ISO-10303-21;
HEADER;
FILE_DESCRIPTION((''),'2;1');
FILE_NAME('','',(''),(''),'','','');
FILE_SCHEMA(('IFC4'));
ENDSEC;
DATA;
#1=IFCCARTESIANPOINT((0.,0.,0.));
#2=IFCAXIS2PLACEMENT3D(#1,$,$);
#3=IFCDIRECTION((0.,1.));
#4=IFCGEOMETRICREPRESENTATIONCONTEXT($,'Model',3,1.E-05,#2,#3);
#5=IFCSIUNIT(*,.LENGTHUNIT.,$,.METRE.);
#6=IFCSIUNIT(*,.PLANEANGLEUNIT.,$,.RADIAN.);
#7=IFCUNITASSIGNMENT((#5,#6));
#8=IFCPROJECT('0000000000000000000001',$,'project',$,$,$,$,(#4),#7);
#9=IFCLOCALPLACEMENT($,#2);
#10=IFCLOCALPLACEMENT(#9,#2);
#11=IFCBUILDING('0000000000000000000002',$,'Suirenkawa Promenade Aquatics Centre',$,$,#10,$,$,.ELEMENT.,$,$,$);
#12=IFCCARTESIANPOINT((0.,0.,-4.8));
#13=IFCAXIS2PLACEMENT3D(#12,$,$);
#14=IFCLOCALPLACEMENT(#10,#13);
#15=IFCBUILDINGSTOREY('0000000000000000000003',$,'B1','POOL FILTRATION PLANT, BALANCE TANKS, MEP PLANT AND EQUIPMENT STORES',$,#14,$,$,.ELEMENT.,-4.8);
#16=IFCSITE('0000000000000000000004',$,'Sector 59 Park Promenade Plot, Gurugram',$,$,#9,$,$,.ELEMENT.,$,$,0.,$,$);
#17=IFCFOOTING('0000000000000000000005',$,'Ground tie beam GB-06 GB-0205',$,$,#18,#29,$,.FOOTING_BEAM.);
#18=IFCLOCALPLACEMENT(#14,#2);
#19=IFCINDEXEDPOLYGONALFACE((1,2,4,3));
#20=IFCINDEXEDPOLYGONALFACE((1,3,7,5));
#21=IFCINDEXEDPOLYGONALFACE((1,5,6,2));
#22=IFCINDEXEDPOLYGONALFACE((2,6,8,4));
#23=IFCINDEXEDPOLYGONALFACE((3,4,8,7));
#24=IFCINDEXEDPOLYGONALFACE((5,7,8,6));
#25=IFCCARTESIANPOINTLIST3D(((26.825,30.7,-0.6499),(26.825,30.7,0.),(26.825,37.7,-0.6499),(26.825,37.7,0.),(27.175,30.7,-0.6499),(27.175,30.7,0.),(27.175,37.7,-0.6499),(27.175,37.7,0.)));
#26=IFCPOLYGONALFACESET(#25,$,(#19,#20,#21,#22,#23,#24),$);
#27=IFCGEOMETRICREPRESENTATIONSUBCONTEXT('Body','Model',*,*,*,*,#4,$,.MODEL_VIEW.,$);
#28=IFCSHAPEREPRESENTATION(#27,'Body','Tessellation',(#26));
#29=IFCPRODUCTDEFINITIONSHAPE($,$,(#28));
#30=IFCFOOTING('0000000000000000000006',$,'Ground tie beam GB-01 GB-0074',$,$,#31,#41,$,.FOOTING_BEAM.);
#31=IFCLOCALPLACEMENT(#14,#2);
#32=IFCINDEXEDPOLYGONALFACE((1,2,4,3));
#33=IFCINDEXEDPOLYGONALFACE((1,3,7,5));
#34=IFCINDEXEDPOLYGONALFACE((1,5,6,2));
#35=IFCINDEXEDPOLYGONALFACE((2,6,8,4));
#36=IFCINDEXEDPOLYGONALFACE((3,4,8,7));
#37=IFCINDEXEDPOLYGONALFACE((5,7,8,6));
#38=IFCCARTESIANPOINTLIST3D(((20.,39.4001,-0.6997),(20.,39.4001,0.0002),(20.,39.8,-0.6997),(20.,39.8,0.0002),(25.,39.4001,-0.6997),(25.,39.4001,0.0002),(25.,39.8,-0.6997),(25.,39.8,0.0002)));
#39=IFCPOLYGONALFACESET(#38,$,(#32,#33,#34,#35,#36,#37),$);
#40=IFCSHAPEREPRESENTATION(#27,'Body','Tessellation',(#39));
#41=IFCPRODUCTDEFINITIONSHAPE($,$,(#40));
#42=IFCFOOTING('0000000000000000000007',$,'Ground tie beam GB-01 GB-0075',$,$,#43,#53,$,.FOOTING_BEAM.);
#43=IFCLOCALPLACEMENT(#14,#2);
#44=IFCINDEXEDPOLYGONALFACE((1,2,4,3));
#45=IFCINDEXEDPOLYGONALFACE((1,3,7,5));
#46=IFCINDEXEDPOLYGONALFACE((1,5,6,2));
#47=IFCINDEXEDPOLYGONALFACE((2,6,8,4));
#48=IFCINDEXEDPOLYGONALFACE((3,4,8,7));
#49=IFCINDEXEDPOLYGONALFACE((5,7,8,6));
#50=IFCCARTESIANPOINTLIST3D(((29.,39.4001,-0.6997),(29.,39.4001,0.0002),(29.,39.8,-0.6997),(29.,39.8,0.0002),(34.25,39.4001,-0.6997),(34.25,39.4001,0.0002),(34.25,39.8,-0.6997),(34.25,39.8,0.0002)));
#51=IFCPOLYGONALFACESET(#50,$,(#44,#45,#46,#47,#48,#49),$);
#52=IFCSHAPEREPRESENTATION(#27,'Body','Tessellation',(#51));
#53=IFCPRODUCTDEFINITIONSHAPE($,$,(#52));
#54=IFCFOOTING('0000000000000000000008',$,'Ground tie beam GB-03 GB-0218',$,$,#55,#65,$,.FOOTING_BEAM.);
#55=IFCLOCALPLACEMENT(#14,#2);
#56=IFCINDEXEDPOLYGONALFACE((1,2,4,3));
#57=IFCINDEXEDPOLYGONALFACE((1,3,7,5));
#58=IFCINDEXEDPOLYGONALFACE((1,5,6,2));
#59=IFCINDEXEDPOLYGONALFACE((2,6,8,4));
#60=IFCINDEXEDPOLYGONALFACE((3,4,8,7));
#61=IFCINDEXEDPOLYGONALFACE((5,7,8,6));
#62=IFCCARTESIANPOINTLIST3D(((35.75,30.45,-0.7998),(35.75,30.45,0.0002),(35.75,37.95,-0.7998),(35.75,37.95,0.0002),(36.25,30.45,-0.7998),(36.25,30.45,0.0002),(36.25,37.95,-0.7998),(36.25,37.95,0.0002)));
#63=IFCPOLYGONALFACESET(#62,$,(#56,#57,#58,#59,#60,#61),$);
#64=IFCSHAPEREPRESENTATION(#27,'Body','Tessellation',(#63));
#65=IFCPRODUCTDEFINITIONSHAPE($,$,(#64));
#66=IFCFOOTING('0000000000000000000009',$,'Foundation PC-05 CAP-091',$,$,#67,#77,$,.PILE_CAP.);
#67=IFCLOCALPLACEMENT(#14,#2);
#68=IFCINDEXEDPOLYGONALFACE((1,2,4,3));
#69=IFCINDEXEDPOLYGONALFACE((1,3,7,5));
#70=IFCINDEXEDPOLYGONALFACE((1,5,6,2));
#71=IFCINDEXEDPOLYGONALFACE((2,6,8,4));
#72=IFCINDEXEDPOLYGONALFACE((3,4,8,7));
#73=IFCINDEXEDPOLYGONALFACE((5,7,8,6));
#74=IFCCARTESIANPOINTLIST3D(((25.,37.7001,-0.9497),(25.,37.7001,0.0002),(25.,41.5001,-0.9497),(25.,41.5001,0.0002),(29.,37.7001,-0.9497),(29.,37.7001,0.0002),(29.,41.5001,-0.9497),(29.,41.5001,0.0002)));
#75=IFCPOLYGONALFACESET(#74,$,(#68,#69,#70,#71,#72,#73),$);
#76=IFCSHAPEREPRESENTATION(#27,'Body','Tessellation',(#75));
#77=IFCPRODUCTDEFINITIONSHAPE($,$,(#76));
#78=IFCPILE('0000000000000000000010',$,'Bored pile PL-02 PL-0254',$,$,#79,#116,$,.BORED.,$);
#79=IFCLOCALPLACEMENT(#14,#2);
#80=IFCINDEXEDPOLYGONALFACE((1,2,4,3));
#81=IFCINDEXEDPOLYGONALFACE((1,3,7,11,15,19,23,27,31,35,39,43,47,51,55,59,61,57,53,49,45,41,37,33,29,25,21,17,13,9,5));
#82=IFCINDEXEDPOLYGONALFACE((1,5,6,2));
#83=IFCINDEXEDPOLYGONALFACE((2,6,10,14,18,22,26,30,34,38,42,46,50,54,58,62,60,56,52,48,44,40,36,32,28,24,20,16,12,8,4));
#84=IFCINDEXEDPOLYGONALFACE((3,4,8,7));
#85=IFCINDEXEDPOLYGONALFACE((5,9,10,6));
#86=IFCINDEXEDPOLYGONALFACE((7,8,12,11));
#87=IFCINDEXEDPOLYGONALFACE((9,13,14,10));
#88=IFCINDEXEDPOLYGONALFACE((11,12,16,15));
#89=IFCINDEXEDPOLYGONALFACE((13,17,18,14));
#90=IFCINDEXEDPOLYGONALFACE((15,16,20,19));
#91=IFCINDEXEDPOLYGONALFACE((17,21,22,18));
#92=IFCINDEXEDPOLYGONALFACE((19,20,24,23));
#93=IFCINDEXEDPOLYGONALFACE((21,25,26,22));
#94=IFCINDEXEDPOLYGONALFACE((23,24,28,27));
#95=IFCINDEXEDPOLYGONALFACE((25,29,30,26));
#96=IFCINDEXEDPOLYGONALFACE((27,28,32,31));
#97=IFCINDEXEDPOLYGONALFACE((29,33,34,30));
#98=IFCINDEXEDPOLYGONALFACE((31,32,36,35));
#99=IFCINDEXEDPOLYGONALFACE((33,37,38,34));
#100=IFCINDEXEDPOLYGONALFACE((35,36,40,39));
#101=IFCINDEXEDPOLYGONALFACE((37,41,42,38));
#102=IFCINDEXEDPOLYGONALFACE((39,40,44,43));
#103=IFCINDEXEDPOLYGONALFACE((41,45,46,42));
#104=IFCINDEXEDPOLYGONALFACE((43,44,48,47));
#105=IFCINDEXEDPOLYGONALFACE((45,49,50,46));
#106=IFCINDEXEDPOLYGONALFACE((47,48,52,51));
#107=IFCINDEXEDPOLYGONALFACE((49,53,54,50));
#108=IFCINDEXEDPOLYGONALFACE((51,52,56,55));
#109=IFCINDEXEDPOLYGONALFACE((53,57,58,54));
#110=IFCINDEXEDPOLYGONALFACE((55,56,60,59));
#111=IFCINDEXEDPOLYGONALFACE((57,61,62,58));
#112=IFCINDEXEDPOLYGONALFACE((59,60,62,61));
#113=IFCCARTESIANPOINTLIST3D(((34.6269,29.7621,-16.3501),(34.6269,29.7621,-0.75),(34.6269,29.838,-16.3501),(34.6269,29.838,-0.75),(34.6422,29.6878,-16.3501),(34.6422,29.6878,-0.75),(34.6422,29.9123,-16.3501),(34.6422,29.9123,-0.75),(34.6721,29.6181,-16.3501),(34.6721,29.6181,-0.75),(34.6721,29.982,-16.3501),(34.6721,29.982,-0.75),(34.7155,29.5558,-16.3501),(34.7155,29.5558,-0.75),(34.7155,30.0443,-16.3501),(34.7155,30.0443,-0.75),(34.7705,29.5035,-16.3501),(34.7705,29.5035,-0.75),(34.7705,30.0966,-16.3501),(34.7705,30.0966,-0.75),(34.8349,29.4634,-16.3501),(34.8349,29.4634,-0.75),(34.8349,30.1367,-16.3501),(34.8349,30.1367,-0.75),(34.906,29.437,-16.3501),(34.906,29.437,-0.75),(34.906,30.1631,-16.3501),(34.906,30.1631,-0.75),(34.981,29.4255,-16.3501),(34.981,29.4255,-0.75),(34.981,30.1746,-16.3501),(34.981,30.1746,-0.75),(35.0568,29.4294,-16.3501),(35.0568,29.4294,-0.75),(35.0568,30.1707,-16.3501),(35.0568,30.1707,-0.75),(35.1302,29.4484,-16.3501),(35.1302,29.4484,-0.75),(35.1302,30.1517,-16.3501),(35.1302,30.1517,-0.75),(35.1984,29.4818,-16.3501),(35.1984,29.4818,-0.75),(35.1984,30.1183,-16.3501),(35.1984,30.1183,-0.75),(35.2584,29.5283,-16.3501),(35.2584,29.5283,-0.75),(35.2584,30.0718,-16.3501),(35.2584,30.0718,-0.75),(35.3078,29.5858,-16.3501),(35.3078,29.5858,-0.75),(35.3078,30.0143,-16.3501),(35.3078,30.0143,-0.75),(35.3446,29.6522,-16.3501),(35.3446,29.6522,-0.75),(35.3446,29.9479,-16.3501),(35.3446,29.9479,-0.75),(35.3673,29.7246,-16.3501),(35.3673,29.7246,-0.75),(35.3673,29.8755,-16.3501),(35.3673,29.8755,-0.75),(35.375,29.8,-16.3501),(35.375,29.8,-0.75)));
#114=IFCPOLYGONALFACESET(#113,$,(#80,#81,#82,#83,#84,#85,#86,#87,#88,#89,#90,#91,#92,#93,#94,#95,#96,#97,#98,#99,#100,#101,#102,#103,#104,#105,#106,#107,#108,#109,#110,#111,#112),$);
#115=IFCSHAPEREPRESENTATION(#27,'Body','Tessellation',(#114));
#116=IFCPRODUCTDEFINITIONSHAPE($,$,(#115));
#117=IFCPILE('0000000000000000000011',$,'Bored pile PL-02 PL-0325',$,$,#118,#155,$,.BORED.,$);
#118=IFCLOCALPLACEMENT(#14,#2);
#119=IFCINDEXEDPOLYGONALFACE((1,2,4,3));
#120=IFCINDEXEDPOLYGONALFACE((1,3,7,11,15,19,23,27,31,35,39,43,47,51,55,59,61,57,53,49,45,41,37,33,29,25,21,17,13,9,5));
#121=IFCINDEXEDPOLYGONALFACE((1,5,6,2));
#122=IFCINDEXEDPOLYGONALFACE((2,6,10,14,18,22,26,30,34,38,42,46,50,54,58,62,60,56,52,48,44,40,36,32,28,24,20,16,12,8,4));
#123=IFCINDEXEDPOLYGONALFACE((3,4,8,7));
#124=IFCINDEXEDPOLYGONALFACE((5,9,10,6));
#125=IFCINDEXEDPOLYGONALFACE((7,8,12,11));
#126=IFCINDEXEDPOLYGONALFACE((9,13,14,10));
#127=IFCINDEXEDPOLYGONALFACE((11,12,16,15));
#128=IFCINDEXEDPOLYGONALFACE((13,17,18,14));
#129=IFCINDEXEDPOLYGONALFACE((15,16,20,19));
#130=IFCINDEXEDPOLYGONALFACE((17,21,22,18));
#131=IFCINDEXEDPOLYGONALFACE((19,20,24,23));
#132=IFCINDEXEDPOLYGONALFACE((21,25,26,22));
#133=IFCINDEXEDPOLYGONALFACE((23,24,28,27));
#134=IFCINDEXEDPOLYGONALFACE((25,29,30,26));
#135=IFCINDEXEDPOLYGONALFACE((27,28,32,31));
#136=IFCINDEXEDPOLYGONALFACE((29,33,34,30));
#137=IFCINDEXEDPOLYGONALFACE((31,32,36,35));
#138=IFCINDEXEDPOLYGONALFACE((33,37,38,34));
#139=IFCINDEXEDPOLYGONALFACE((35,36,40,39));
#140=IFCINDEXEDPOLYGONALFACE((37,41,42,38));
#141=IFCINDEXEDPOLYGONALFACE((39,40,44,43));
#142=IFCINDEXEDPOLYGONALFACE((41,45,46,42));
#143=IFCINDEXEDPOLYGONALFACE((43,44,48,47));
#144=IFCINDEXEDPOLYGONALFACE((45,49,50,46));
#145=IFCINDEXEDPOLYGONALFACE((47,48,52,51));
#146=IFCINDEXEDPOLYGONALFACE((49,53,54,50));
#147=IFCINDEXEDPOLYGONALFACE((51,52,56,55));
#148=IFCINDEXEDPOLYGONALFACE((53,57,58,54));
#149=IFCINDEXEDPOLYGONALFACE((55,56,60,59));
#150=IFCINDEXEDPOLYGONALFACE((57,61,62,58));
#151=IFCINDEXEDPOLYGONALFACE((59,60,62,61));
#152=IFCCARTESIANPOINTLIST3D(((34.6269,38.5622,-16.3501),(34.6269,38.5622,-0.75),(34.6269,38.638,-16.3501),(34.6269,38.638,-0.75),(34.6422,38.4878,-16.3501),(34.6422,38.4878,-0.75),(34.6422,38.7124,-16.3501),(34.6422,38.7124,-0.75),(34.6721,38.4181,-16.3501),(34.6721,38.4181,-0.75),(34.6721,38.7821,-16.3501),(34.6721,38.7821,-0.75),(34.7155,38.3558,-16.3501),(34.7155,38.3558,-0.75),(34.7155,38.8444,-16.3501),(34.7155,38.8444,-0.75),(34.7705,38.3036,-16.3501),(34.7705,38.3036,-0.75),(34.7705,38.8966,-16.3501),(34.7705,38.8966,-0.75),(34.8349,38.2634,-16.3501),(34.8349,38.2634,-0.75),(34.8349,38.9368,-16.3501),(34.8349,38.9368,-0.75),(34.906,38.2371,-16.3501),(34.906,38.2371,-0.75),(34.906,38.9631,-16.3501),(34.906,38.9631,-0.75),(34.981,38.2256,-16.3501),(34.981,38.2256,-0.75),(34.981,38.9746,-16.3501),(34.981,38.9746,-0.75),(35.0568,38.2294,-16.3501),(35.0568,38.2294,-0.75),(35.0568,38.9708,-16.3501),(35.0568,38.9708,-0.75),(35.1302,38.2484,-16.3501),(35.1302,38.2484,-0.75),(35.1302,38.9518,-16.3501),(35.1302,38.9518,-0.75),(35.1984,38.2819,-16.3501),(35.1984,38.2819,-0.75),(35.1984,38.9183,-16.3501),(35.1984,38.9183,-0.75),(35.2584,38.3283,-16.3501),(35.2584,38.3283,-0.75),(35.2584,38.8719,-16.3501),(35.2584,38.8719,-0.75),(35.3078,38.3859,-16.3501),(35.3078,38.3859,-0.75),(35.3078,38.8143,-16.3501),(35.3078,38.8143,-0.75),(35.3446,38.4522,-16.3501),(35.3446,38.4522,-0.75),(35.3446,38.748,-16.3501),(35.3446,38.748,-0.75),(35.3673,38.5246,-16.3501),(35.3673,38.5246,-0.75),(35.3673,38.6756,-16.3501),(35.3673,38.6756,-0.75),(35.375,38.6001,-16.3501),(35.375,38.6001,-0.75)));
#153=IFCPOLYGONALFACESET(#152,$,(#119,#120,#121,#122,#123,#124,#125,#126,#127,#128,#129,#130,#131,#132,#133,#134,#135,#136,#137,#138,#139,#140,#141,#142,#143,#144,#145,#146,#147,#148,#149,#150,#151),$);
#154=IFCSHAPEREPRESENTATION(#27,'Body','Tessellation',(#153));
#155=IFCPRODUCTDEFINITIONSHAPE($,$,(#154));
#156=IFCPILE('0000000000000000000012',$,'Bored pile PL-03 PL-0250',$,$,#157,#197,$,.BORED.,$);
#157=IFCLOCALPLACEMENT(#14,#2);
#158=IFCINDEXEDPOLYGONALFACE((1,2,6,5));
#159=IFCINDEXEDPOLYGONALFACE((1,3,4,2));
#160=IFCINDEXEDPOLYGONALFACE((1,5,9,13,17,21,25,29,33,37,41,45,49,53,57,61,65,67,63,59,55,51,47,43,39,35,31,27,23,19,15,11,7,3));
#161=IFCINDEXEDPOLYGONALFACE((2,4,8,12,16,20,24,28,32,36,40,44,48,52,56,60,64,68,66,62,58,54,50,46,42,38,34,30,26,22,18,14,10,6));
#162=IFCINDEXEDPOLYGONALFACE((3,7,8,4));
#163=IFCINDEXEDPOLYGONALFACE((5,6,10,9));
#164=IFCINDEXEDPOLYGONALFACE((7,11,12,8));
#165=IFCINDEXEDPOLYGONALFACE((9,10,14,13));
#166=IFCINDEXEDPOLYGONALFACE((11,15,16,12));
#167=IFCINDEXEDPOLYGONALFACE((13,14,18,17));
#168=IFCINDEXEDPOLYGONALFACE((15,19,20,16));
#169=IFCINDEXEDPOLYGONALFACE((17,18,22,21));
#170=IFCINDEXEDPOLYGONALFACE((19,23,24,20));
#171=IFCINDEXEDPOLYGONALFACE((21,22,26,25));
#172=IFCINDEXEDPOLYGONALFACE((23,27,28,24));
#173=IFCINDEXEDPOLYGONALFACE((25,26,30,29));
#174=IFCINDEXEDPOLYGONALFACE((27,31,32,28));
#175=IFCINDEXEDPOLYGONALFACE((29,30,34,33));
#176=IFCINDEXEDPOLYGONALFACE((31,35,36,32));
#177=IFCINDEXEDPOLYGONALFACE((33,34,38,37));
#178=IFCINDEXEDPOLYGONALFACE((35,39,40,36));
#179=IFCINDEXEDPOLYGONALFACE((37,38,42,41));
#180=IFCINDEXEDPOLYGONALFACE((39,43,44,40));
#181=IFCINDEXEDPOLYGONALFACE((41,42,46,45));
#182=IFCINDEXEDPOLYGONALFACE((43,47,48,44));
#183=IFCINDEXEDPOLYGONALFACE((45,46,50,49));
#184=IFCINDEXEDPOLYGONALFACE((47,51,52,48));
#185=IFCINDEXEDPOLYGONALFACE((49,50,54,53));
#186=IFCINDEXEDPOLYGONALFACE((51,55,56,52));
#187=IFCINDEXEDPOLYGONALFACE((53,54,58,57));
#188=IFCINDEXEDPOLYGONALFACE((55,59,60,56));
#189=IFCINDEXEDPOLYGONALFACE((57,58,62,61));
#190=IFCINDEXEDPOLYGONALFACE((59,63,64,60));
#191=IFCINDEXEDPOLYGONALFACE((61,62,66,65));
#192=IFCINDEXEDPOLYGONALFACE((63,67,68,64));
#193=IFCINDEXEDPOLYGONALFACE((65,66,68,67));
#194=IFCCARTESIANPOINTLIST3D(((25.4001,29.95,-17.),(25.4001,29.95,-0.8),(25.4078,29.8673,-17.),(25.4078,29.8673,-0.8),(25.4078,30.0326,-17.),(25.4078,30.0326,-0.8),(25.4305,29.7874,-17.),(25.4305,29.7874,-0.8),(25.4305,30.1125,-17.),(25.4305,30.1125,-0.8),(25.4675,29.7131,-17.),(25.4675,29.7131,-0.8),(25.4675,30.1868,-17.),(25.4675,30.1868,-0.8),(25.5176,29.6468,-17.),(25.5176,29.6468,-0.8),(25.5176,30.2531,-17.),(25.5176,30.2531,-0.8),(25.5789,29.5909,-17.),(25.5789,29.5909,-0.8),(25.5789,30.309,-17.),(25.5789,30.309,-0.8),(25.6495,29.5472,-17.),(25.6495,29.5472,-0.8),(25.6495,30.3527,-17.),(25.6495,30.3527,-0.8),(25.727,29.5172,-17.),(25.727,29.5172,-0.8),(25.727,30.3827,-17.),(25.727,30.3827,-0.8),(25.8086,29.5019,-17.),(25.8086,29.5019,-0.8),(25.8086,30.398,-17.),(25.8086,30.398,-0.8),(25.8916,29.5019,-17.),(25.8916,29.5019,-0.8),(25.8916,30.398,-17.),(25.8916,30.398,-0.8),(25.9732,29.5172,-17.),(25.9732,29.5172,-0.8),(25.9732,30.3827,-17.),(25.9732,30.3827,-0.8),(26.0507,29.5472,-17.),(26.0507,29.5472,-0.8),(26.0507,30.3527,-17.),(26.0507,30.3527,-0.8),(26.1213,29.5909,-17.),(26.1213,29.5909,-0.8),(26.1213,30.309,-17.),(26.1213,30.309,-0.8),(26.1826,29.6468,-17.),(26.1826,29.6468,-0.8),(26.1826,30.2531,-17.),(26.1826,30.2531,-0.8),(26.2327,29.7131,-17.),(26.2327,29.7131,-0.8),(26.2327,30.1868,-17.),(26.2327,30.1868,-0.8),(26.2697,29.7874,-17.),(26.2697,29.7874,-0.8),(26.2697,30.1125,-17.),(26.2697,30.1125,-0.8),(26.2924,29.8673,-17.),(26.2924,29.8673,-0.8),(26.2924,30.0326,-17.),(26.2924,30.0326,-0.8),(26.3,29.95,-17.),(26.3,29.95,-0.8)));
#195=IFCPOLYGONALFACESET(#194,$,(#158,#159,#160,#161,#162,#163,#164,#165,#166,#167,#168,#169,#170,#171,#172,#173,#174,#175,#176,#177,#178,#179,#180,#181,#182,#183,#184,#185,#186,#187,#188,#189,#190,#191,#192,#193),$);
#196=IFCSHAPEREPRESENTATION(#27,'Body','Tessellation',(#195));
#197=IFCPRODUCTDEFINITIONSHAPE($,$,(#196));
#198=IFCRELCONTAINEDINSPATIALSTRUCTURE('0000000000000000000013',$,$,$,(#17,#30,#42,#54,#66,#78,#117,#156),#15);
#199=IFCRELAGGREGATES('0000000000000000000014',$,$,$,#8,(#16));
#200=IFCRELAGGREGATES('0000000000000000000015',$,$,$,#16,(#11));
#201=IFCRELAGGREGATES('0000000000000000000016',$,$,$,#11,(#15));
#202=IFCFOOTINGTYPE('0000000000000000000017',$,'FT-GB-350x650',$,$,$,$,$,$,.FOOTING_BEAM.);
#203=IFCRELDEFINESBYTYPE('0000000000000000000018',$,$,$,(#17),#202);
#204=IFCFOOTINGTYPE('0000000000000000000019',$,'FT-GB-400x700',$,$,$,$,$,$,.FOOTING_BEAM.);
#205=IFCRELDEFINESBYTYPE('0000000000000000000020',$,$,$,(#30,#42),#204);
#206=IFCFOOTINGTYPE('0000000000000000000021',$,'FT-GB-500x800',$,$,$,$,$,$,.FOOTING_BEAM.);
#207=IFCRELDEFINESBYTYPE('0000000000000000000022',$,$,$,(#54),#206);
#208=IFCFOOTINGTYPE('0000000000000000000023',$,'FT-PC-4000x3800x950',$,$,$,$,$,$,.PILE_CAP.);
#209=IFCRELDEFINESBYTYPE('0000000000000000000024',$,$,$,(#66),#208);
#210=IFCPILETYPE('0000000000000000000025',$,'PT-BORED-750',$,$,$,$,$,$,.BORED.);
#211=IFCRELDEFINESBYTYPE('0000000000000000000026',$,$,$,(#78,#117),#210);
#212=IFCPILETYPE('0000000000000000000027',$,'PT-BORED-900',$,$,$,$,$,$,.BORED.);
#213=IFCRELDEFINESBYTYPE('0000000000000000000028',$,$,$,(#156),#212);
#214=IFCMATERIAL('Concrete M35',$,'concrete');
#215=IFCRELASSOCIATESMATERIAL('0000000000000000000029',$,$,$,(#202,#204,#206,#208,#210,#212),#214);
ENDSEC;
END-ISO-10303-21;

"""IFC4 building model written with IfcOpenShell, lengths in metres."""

from ifc_helpers import new_model, si_unit, direction, frame, origin, origin_2d, place, context, subcontext, project, spatial, rectangle, circle, extrude, material, material_profile, profile_set, type_object, element, save


model = new_model("IFC4")

# Units and contexts
model_context = context("Model", 3, precision=1e-05, world=origin(), true_north=direction((0.0, 1.0)))
body_context = subcontext(model_context, "Body", "Model", "MODEL_VIEW")
ifc_project = project(units=[si_unit("LENGTHUNIT", "METRE"), si_unit("PLANEANGLEUNIT", "RADIAN")], contexts=[model_context])

# Site, building, storey
site_placement = place(None, origin())
site = spatial("IfcSite", under=ifc_project, at=site_placement, Name="Sector 59 Park Promenade Plot, Gurugram", CompositionType="ELEMENT", RefElevation=0.0)
building_placement = place(site_placement, origin())
building = spatial("IfcBuilding", under=site, at=building_placement, Name="Suirenkawa Promenade Aquatics Centre", CompositionType="ELEMENT")
storey_placement = place(building_placement, frame((0.0, 0.0, -4.8)))
storey = spatial("IfcBuildingStorey", under=building, at=storey_placement, Name="B1", Description="POOL FILTRATION PLANT, BALANCE TANKS, MEP PLANT AND EQUIPMENT STORES", CompositionType="ELEMENT", Elevation=-4.8)

# Footings
ifc_material_1 = material(Name="Concrete M35", Category="concrete")
footing_type_1 = type_object("IfcFootingType", Name="FT-GB-350x650", PredefinedType="FOOTING_BEAM", material=ifc_material_1)
footing_1_placement = place(storey_placement, frame((27.0, 34.2, -0.6499), z_axis=(0.0, 0.0, 1.0), x_axis=(0.0, 1.0, 0.0)))
element("IfcFooting", 1, at=footing_1_placement, inside=storey, type_object=footing_type_1, Name="Ground tie beam GB-06 GB-0205", PredefinedType="FOOTING_BEAM", context=body_context, shape_type="SweptSolid", body=[
    extrude(rectangle(XDim=7.0, YDim=0.3501, at=origin_2d()), origin(), (0.0, 0.0, 1.0), 0.6499),
])
footing_type_2 = type_object("IfcFootingType", Name="FT-GB-400x700", PredefinedType="FOOTING_BEAM", material=ifc_material_1)
footing_2_placement = place(storey_placement, frame((22.5, 39.6001, -0.6997), z_axis=(0.0, 0.0, 1.0), x_axis=(1.0, 0.0, 0.0)))
element("IfcFooting", 2, at=footing_2_placement, inside=storey, type_object=footing_type_2, Name="Ground tie beam GB-01 GB-0074", PredefinedType="FOOTING_BEAM", context=body_context, shape_type="SweptSolid", body=[
    extrude(rectangle(XDim=5.0, YDim=0.3999, at=origin_2d()), origin(), (0.0, 0.0, 1.0), 0.7),
])
footing_3_placement = place(storey_placement, frame((31.625, 39.6001, -0.6997), z_axis=(0.0, 0.0, 1.0), x_axis=(1.0, 0.0, 0.0)))
element("IfcFooting", 3, at=footing_3_placement, inside=storey, type_object=footing_type_2, Name="Ground tie beam GB-01 GB-0075", PredefinedType="FOOTING_BEAM", context=body_context, shape_type="SweptSolid", body=[
    extrude(rectangle(XDim=5.25, YDim=0.3999, at=origin_2d()), origin(), (0.0, 0.0, 1.0), 0.7),
])
footing_type_3 = type_object("IfcFootingType", Name="FT-GB-500x800", PredefinedType="FOOTING_BEAM", material=ifc_material_1)
footing_4_placement = place(storey_placement, frame((36.0, 34.2, -0.7998), z_axis=(0.0, 0.0, 1.0), x_axis=(0.0, 1.0, 0.0)))
element("IfcFooting", 4, at=footing_4_placement, inside=storey, type_object=footing_type_3, Name="Ground tie beam GB-03 GB-0218", PredefinedType="FOOTING_BEAM", context=body_context, shape_type="SweptSolid", body=[
    extrude(rectangle(XDim=7.5, YDim=0.5, at=origin_2d()), origin(), (0.0, 0.0, 1.0), 0.8),
])
footing_type_4 = type_object("IfcFootingType", Name="FT-PC-4000x3800x950", PredefinedType="PILE_CAP", material=ifc_material_1)
footing_5_placement = place(storey_placement, frame((27.0, 39.6001, -0.9497), z_axis=(0.0, 0.0, 1.0), x_axis=(1.0, 0.0, 0.0)))
element("IfcFooting", 5, at=footing_5_placement, inside=storey, type_object=footing_type_4, Name="Foundation PC-05 CAP-091", PredefinedType="PILE_CAP", context=body_context, shape_type="SweptSolid", body=[
    extrude(rectangle(XDim=4.0, YDim=3.8, at=origin_2d()), origin(), (0.0, 0.0, 1.0), 0.95),
])

# Piles
ifc_material_profile_1 = material_profile(ifc_material_1, circle(Radius=0.375, at=origin_2d()), Name="PILE D750", Category="concrete")
ifc_profile_set_1 = profile_set([ifc_material_profile_1], Name="Concrete M35")
pile_type_1 = type_object("IfcPileType", Name="PT-BORED-750", PredefinedType="BORED", material=ifc_profile_set_1)
for number, where, z_axis, x_axis, name in (
    (6, (35.0, 29.8, -0.75), (0.0, 0.0, -1.0), (1.0, 0.0, 0.0), "Bored pile PL-02 PL-0254"),
    (7, (35.0, 38.6001, -0.75), (0.0, 0.0, -1.0), (1.0, 0.0, 0.0), "Bored pile PL-02 PL-0325"),
):
    element("IfcPile", number, at=place(storey_placement, frame(where, z_axis=z_axis, x_axis=x_axis)), inside=storey, type_object=pile_type_1, Name=name, PredefinedType="BORED", context=body_context, shape_type="SweptSolid", body=[
        extrude(circle(Radius=0.375, at=origin_2d()), origin(), (0.0, 0.0, 1.0), 15.6001),
    ])
ifc_material_profile_2 = material_profile(ifc_material_1, circle(Radius=0.45, at=origin_2d()), Name="PILE D900", Category="concrete")
ifc_profile_set_2 = profile_set([ifc_material_profile_2], Name="Concrete M35")
pile_type_2 = type_object("IfcPileType", Name="PT-BORED-900", PredefinedType="BORED", material=ifc_profile_set_2)
for number, where, z_axis, x_axis, name in (
    (8, (25.8501, 29.95, -0.8), (0.0, 0.0, -1.0), (1.0, 0.0, 0.0), "Bored pile PL-03 PL-0250"),
):
    element("IfcPile", number, at=place(storey_placement, frame(where, z_axis=z_axis, x_axis=x_axis)), inside=storey, type_object=pile_type_2, Name=name, PredefinedType="BORED", context=body_context, shape_type="SweptSolid", body=[
        extrude(circle(Radius=0.45, at=origin_2d()), origin(), (0.0, 0.0, 1.0), 16.2),
    ])

save(model, "model.ifc")
